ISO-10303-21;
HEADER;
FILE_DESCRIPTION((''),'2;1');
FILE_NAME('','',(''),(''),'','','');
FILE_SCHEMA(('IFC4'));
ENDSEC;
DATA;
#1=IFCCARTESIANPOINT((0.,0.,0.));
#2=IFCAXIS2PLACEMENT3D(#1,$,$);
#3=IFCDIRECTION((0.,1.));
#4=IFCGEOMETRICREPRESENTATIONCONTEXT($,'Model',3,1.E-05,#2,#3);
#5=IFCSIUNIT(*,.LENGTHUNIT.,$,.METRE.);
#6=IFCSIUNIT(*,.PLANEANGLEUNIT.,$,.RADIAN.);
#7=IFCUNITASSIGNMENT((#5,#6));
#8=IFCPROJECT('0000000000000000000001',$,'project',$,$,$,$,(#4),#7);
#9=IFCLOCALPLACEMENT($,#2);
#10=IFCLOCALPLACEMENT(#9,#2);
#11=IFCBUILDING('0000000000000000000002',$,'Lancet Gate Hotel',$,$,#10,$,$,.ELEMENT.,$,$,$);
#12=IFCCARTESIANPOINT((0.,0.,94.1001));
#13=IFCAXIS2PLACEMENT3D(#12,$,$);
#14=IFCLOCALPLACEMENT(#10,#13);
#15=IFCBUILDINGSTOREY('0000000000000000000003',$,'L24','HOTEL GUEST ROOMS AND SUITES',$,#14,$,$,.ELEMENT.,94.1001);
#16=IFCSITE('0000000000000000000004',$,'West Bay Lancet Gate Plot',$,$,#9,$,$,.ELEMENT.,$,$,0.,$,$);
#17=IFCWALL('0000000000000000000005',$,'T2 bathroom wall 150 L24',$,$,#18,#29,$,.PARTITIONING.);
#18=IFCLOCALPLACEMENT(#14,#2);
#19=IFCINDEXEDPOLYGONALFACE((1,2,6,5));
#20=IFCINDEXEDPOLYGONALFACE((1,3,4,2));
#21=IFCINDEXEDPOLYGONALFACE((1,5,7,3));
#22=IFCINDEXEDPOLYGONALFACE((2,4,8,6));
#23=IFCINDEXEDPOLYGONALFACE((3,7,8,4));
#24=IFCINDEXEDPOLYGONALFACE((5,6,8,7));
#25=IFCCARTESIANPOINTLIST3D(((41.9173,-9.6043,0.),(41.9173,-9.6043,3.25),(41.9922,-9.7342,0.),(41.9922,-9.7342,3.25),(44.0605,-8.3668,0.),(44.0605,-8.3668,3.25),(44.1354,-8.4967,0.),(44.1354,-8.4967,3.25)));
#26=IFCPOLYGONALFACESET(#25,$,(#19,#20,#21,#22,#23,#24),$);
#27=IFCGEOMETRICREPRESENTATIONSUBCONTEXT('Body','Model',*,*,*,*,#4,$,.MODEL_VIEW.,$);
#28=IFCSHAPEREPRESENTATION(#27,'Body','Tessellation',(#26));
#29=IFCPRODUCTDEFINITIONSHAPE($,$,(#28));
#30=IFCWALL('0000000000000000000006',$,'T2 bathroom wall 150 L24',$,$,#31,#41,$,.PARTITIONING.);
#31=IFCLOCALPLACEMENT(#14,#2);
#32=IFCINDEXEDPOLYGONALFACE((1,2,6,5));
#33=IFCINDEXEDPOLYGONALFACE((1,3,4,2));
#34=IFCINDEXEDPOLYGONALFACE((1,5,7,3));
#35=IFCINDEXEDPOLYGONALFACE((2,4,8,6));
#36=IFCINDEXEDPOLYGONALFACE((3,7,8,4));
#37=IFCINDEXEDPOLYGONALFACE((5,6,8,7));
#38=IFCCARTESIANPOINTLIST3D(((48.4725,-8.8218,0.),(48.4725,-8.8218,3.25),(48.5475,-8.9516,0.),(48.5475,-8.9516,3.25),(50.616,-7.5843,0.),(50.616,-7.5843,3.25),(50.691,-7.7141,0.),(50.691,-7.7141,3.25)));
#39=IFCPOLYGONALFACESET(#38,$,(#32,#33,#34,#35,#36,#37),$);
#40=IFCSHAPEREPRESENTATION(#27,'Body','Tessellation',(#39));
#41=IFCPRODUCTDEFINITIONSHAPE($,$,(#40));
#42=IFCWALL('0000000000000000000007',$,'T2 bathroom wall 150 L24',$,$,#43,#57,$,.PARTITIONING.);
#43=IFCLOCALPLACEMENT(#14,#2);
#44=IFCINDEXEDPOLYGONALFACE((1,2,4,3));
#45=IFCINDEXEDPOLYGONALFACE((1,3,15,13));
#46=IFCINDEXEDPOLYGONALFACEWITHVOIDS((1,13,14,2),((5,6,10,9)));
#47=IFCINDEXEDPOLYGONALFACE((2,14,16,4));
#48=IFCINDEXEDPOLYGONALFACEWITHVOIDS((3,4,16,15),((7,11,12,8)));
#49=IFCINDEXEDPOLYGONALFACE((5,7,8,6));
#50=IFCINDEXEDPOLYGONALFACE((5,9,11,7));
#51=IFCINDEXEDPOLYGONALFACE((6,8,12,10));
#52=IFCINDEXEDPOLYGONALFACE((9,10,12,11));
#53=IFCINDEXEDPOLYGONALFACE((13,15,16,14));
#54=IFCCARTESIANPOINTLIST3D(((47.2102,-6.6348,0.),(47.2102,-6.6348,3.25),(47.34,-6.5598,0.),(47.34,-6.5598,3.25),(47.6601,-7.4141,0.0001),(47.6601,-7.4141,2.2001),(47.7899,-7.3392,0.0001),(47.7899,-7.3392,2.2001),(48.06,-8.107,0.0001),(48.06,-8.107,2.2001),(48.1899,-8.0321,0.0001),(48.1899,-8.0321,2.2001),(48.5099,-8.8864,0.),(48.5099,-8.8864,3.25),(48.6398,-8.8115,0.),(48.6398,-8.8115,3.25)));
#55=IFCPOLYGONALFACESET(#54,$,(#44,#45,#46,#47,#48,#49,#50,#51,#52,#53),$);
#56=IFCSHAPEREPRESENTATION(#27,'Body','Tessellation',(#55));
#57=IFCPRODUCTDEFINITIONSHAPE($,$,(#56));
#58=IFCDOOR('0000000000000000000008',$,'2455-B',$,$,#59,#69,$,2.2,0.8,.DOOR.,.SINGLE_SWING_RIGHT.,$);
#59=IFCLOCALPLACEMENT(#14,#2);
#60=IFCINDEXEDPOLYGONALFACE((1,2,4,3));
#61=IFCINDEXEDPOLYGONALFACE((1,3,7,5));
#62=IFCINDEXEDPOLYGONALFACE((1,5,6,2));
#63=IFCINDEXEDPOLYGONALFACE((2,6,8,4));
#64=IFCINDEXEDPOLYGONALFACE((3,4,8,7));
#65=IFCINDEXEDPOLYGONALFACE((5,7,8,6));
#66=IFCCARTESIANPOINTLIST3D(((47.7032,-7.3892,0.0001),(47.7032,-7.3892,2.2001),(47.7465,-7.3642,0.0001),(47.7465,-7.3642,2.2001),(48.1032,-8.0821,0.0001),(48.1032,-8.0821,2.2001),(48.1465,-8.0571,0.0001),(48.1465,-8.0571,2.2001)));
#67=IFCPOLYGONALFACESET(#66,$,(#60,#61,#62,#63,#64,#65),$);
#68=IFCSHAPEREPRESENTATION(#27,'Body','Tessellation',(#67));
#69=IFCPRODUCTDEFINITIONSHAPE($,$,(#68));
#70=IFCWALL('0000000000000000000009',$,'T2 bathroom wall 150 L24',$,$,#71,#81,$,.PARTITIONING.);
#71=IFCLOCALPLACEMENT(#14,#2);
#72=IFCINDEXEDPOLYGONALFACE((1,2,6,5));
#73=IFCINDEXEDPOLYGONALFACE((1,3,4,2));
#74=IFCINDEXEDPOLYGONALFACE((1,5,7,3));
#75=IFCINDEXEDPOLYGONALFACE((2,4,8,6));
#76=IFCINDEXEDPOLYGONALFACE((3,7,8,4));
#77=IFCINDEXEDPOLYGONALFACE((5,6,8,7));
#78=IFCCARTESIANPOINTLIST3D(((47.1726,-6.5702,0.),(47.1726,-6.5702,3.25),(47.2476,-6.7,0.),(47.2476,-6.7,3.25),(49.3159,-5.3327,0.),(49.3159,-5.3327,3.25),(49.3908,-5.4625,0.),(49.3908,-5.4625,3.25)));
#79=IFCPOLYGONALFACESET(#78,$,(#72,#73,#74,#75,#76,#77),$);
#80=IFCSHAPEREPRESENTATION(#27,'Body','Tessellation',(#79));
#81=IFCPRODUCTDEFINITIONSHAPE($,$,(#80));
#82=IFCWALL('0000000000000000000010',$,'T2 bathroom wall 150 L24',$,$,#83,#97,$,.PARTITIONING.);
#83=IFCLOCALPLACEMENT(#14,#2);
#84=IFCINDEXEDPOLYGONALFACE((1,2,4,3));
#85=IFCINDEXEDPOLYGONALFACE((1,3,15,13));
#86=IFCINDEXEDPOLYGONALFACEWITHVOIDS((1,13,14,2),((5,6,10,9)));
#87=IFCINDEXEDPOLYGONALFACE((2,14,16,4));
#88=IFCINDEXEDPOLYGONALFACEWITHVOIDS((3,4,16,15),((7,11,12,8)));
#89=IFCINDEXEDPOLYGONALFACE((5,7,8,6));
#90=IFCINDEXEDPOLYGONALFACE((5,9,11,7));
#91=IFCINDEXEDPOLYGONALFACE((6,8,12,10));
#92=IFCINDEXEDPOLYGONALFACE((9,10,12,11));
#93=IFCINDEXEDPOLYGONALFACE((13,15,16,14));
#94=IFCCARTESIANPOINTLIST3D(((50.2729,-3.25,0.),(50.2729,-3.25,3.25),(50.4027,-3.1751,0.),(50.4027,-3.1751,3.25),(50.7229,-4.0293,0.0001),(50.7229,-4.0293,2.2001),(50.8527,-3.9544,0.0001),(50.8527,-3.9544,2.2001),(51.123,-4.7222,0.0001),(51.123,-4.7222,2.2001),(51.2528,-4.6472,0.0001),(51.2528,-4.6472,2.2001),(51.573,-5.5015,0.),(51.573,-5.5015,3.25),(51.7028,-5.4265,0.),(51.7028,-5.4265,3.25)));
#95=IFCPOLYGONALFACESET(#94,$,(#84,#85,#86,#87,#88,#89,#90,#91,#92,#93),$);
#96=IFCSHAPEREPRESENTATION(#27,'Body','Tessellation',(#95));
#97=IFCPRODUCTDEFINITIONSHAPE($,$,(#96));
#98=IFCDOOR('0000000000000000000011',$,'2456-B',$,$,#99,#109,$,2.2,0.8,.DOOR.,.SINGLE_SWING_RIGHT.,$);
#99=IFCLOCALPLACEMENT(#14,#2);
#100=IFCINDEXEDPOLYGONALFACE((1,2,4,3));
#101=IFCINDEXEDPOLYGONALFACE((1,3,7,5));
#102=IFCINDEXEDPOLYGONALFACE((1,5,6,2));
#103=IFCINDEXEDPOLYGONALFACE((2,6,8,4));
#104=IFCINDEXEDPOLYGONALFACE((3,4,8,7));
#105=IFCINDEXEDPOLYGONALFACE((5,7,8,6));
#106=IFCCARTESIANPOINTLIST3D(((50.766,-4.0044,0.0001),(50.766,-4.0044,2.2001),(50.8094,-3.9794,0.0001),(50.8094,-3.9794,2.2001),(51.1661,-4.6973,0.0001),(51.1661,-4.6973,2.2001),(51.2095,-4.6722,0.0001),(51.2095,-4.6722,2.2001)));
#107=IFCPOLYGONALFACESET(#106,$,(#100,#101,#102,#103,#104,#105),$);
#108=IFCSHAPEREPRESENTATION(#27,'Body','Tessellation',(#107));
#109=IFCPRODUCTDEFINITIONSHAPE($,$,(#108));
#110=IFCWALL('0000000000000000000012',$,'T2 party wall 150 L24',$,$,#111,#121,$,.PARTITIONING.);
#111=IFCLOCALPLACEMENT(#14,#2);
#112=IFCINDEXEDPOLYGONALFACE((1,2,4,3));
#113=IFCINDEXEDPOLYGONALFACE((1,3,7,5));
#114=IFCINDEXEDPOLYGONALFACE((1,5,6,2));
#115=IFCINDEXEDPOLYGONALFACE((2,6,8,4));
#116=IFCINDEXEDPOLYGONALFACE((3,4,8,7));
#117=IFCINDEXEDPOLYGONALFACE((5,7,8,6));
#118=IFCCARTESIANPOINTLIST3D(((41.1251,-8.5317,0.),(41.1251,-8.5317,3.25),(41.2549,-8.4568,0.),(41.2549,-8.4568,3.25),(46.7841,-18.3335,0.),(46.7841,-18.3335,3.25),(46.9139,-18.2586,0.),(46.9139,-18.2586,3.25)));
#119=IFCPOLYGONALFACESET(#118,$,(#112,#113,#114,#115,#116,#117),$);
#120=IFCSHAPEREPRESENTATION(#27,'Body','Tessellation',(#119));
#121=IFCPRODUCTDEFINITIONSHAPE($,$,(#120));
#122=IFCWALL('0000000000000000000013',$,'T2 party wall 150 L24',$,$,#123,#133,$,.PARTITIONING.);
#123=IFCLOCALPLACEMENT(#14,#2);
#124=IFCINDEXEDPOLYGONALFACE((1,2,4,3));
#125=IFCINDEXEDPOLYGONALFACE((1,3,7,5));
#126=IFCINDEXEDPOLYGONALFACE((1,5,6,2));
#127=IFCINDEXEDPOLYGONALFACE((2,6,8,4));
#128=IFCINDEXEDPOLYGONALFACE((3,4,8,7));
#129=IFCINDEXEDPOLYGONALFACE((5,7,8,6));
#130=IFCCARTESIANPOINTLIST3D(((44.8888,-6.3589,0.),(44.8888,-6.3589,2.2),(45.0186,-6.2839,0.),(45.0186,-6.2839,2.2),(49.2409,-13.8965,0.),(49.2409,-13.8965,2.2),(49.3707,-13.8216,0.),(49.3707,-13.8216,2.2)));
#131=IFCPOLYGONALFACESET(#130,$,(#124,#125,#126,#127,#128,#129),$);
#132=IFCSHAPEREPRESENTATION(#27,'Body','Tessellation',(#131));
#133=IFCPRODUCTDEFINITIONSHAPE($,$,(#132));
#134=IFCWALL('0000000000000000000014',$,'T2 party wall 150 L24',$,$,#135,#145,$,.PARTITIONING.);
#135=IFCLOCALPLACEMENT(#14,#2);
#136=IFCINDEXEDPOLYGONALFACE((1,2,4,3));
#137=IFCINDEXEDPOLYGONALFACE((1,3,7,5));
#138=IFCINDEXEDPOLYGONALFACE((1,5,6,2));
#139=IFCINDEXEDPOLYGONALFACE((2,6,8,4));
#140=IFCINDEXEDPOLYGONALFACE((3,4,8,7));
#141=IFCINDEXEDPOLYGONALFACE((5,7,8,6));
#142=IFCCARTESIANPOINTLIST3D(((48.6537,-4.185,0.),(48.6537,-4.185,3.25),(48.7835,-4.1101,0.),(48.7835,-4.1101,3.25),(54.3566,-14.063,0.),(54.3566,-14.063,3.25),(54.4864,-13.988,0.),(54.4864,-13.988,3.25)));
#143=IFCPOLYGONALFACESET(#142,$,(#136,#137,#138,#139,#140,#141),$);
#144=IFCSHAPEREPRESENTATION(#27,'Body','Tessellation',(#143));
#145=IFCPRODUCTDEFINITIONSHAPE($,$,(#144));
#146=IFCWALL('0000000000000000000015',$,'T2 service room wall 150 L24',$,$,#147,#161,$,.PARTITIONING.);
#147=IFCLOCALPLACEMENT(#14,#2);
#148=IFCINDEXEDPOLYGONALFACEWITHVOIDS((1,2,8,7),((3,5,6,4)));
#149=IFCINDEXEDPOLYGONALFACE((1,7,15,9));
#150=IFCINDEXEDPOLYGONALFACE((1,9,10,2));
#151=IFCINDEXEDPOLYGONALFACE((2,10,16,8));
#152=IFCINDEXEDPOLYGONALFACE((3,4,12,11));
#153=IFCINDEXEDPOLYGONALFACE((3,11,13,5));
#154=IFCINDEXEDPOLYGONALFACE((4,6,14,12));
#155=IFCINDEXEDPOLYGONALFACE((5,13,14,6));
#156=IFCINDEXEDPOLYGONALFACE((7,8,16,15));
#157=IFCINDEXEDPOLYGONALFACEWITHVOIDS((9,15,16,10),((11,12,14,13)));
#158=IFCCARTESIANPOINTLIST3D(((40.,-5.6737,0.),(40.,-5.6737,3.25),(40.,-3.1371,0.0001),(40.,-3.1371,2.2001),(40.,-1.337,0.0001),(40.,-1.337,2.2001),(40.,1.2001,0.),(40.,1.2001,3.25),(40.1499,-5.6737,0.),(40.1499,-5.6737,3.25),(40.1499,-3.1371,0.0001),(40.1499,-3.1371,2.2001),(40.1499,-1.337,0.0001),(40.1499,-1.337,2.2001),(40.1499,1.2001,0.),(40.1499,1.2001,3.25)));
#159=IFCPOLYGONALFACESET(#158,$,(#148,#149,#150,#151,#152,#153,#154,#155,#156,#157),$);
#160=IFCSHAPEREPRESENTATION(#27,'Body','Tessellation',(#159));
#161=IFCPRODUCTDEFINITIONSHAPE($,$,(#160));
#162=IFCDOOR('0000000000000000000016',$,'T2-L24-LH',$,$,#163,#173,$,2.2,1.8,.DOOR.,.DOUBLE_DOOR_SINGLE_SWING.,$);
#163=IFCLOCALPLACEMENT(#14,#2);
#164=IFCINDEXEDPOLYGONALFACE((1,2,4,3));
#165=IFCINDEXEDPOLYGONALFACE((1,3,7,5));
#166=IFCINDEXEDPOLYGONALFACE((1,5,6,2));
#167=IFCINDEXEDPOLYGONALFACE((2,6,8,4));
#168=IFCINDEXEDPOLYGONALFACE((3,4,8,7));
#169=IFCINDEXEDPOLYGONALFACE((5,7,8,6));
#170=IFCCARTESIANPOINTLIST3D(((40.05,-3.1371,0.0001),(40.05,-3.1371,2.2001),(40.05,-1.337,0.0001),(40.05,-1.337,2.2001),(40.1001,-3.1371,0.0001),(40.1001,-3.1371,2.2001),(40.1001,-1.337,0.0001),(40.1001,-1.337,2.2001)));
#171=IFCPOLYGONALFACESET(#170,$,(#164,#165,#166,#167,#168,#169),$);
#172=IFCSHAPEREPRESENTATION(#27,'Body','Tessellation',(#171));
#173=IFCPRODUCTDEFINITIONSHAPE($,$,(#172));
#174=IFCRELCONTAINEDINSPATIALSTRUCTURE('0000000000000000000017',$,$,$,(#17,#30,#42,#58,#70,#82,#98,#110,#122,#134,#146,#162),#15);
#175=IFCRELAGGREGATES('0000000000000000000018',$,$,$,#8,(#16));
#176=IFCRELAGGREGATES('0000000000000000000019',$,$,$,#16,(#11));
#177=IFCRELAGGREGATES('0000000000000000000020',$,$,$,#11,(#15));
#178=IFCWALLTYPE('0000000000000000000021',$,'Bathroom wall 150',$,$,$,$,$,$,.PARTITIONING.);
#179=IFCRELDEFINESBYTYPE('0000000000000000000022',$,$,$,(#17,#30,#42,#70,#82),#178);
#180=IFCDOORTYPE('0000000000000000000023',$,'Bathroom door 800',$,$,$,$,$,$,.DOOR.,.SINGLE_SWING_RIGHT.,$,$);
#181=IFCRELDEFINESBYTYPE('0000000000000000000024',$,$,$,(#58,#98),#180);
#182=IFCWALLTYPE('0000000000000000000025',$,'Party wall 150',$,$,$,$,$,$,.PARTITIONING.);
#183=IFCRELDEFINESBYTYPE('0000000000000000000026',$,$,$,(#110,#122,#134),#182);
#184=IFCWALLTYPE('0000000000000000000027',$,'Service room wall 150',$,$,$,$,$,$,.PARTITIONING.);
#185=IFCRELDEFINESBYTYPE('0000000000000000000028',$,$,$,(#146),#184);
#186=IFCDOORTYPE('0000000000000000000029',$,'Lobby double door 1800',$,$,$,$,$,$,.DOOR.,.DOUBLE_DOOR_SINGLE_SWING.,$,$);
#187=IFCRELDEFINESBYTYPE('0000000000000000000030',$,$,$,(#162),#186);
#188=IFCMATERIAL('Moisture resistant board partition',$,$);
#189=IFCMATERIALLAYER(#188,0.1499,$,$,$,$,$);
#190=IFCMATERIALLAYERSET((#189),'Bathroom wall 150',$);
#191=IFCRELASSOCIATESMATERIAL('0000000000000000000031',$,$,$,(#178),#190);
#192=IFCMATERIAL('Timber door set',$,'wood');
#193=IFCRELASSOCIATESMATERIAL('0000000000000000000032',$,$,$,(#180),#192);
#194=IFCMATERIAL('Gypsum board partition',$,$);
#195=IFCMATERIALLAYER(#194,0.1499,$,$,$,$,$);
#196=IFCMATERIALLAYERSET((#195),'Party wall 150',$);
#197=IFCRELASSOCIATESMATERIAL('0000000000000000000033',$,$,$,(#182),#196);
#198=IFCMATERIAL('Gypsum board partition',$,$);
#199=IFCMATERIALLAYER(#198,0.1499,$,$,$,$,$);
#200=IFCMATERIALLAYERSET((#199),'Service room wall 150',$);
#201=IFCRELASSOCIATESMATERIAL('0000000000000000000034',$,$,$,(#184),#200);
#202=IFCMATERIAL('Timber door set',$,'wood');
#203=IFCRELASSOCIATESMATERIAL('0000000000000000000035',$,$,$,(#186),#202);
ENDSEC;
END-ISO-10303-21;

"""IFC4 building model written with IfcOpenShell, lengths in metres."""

from ifc_helpers import new_model, si_unit, direction, frame, frame_2d, origin, place, context, subcontext, project, spatial, rectangle, extrude, material, layer, layer_set, type_object, element, fill, save


model = new_model("IFC4")

# Units and contexts
model_context = context("Model", 3, precision=1e-05, world=origin(), true_north=direction((0.0, 1.0)))
body_context = subcontext(model_context, "Body", "Model", "MODEL_VIEW")
ifc_project = project(units=[si_unit("LENGTHUNIT", "METRE"), si_unit("PLANEANGLEUNIT", "RADIAN")], contexts=[model_context])

# Site, building, storey
site_placement = place(None, origin())
site = spatial("IfcSite", under=ifc_project, at=site_placement, Name="West Bay Lancet Gate Plot", CompositionType="ELEMENT", RefElevation=0.0)
building_placement = place(site_placement, origin())
building = spatial("IfcBuilding", under=site, at=building_placement, Name="Lancet Gate Hotel", CompositionType="ELEMENT")
storey_placement = place(building_placement, frame((0.0, 0.0, 94.1001)))
storey = spatial("IfcBuildingStorey", under=building, at=storey_placement, Name="L24", Description="HOTEL GUEST ROOMS AND SUITES", CompositionType="ELEMENT", Elevation=94.1001)

# Shared definitions
ifc_material_1 = material(Name="Moisture resistant board partition")
ifc_layer_1 = layer(ifc_material_1, 0.1499)
ifc_layer_set_1 = layer_set([ifc_layer_1], Name="Bathroom wall 150")
wall_type_1 = type_object("IfcWallType", Name="Bathroom wall 150", PredefinedType="PARTITIONING", material=ifc_layer_set_1)

# Shared definitions
ifc_material_2 = material(Name="Timber door set", Category="wood")
door_type_1 = type_object("IfcDoorType", Name="Bathroom door 800", OperationType="SINGLE_SWING_RIGHT", PredefinedType="DOOR", material=ifc_material_2)

# Walls
wall_1_placement = place(storey_placement, frame((41.9548, -9.6692, 0.0), z_axis=(0.0, 0.0, 1.0), x_axis=(0.866007, 0.500033, 0.0)))
element("IfcWall", 1, at=wall_1_placement, inside=storey, type_object=wall_type_1, Name="T2 bathroom wall 150 L24", PredefinedType="PARTITIONING", context=body_context, shape_type="SweptSolid", body=[
    extrude(rectangle(XDim=2.4749, YDim=0.1499, at=frame_2d((1.2373, 0.0))), origin(), (0.0, 0.0, 1.0), 3.25),
])
wall_2_placement = place(storey_placement, frame((48.51, -8.8867, 0.0), z_axis=(0.0, 0.0, 1.0), x_axis=(0.866031, 0.49999, 0.0)))
element("IfcWall", 2, at=wall_2_placement, inside=storey, type_object=wall_type_1, Name="T2 bathroom wall 150 L24", PredefinedType="PARTITIONING", context=body_context, shape_type="SweptSolid", body=[
    extrude(rectangle(XDim=2.4751, YDim=0.1499, at=frame_2d((1.2375, 0.0))), origin(), (0.0, 0.0, 1.0), 3.25),
])

# Wall, opening, door
wall_3_placement = place(storey_placement, frame((47.2751, -6.5974, 0.0), z_axis=(0.0, 0.0, 1.0), x_axis=(0.499937, -0.866062, 0.0)))
wall_3 = element("IfcWall", 3, at=wall_3_placement, inside=storey, type_object=wall_type_1, Name="T2 bathroom wall 150 L24", PredefinedType="PARTITIONING", context=body_context, shape_type="SweptSolid", body=[
    extrude(rectangle(XDim=2.5999, YDim=0.1499, at=frame_2d((1.2998, 0.0))), origin(), (0.0, 0.0, 1.0), 3.25),
])
opening_1_placement = place(wall_3_placement, frame((0.8999, 0.0, 0.0)))
opening_1 = element("IfcOpeningElement", 4, at=opening_1_placement, cuts=wall_3, PredefinedType="OPENING", context=body_context, shape_type="SweptSolid", body=[
    extrude(rectangle(XDim=0.8, YDim=2.2, at=frame_2d((0.3999, 1.1001))), frame((0.0, 0.085, 0.0), z_axis=(0.0, -1.0, 0.0), x_axis=(1.0, 0.0, 0.0)), (0.0, 0.0, 1.0), 0.1699),
])
door_1_placement = place(opening_1_placement, origin())
door_1 = element("IfcDoor", 5, at=door_1_placement, inside=storey, type_object=door_type_1, Name="2455-B", OperationType="SINGLE_SWING_RIGHT", OverallHeight=2.2, OverallWidth=0.8, PredefinedType="DOOR", context=body_context, shape_type="SweptSolid", body=[
    extrude(rectangle(XDim=0.8, YDim=2.2, at=frame_2d((0.3999, 1.1001))), frame((0.0, 0.0249, 0.0), z_axis=(0.0, -1.0, 0.0), x_axis=(1.0, 0.0, 0.0)), (0.0, 0.0, 1.0), 0.05),
])
fill(opening_1, door_1)

# Wall
wall_4_placement = place(storey_placement, frame((47.2102, -6.635, 0.0), z_axis=(0.0, 0.0, 1.0), x_axis=(0.866007, 0.500033, 0.0)))
element("IfcWall", 6, at=wall_4_placement, inside=storey, type_object=wall_type_1, Name="T2 bathroom wall 150 L24", PredefinedType="PARTITIONING", context=body_context, shape_type="SweptSolid", body=[
    extrude(rectangle(XDim=2.4749, YDim=0.1499, at=frame_2d((1.2373, 0.0))), origin(), (0.0, 0.0, 1.0), 3.25),
])

# Wall, opening, door
wall_5_placement = place(storey_placement, frame((50.3379, -3.2126, 0.0), z_axis=(0.0, 0.0, 1.0), x_axis=(0.500048, -0.865998, 0.0)))
wall_5 = element("IfcWall", 7, at=wall_5_placement, inside=storey, type_object=wall_type_1, Name="T2 bathroom wall 150 L24", PredefinedType="PARTITIONING", context=body_context, shape_type="SweptSolid", body=[
    extrude(rectangle(XDim=2.5999, YDim=0.1499, at=frame_2d((1.2998, 0.0))), origin(), (0.0, 0.0, 1.0), 3.25),
])
opening_2_placement = place(wall_5_placement, frame((0.8999, 0.0, 0.0)))
opening_2 = element("IfcOpeningElement", 8, at=opening_2_placement, cuts=wall_5, PredefinedType="OPENING", context=body_context, shape_type="SweptSolid", body=[
    extrude(rectangle(XDim=0.8, YDim=2.2, at=frame_2d((0.3999, 1.1001))), frame((0.0, 0.085, 0.0), z_axis=(0.0, -1.0, 0.0), x_axis=(1.0, 0.0, 0.0)), (0.0, 0.0, 1.0), 0.1699),
])
door_2_placement = place(opening_2_placement, origin())
door_2 = element("IfcDoor", 9, at=door_2_placement, inside=storey, type_object=door_type_1, Name="2456-B", OperationType="SINGLE_SWING_RIGHT", OverallHeight=2.2, OverallWidth=0.8, PredefinedType="DOOR", context=body_context, shape_type="SweptSolid", body=[
    extrude(rectangle(XDim=0.8, YDim=2.2, at=frame_2d((0.3999, 1.1001))), frame((0.0, 0.0249, 0.0), z_axis=(0.0, -1.0, 0.0), x_axis=(1.0, 0.0, 0.0)), (0.0, 0.0, 1.0), 0.05),
])
fill(opening_2, door_2)

# Walls
ifc_material_3 = material(Name="Gypsum board partition")
ifc_layer_2 = layer(ifc_material_3, 0.1499)
ifc_layer_set_2 = layer_set([ifc_layer_2], Name="Party wall 150")
wall_type_2 = type_object("IfcWallType", Name="Party wall 150", PredefinedType="PARTITIONING", material=ifc_layer_set_2)
wall_6_placement = place(storey_placement, frame((41.1899, -8.4941, 0.0), z_axis=(0.0, 0.0, 1.0), x_axis=(0.499993, -0.86603, 0.0)))
element("IfcWall", 10, at=wall_6_placement, inside=storey, type_object=wall_type_2, Name="T2 party wall 150 L24", PredefinedType="PARTITIONING", context=body_context, shape_type="SweptSolid", body=[
    extrude(rectangle(XDim=11.3181, YDim=0.1499, at=frame_2d((5.6592, 0.0))), origin(), (0.0, 0.0, 1.0), 3.25),
])
wall_7_placement = place(storey_placement, frame((44.9536, -6.3213, 0.0), z_axis=(0.0, 0.0, 1.0), x_axis=(0.500019, -0.866015, 0.0)))
element("IfcWall", 11, at=wall_7_placement, inside=storey, type_object=wall_type_2, Name="T2 party wall 150 L24", PredefinedType="PARTITIONING", context=body_context, shape_type="SweptSolid", body=[
    extrude(rectangle(XDim=8.7039, YDim=0.1499, at=frame_2d((4.3521, 0.0))), origin(), (0.0, 0.0, 1.0), 2.2),
])
wall_8_placement = place(storey_placement, frame((48.7185, -4.1475, 0.0), z_axis=(0.0, 0.0, 1.0), x_axis=(0.49999, -0.866031, 0.0)))
element("IfcWall", 12, at=wall_8_placement, inside=storey, type_object=wall_type_2, Name="T2 party wall 150 L24", PredefinedType="PARTITIONING", context=body_context, shape_type="SweptSolid", body=[
    extrude(rectangle(XDim=11.406, YDim=0.1499, at=frame_2d((5.7031, 0.0))), origin(), (0.0, 0.0, 1.0), 3.25),
])

# Wall, opening, door
ifc_material_4 = material(Name="Gypsum board partition")
ifc_layer_3 = layer(ifc_material_4, 0.1499)
ifc_layer_set_3 = layer_set([ifc_layer_3], Name="Service room wall 150")
wall_type_3 = type_object("IfcWallType", Name="Service room wall 150", PredefinedType="PARTITIONING", material=ifc_layer_set_3)
wall_9_placement = place(storey_placement, frame((40.075, -5.6738, 0.0), z_axis=(0.0, 0.0, 1.0), x_axis=(0.0, 1.0, 0.0)))
wall_9 = element("IfcWall", 13, at=wall_9_placement, inside=storey, type_object=wall_type_3, Name="T2 service room wall 150 L24", PredefinedType="PARTITIONING", context=body_context, shape_type="SweptSolid", body=[
    extrude(rectangle(XDim=6.8738, YDim=0.1499, at=frame_2d((3.437, 0.0))), origin(), (0.0, 0.0, 1.0), 3.25),
])
opening_3_placement = place(wall_9_placement, frame((2.5369, 0.0, 0.0)))
opening_3 = element("IfcOpeningElement", 14, at=opening_3_placement, cuts=wall_9, PredefinedType="OPENING", context=body_context, shape_type="SweptSolid", body=[
    extrude(rectangle(XDim=1.8, YDim=2.2, at=frame_2d((0.8999, 1.1001))), frame((0.0, 0.085, 0.0), z_axis=(0.0, -1.0, 0.0), x_axis=(1.0, 0.0, 0.0)), (0.0, 0.0, 1.0), 0.1699),
])
ifc_material_5 = material(Name="Timber door set", Category="wood")
door_type_2 = type_object("IfcDoorType", Name="Lobby double door 1800", OperationType="DOUBLE_DOOR_SINGLE_SWING", PredefinedType="DOOR", material=ifc_material_5)
door_3_placement = place(opening_3_placement, origin())
door_3 = element("IfcDoor", 15, at=door_3_placement, inside=storey, type_object=door_type_2, Name="T2-L24-LH", OperationType="DOUBLE_DOOR_SINGLE_SWING", OverallHeight=2.2, OverallWidth=1.8, PredefinedType="DOOR", context=body_context, shape_type="SweptSolid", body=[
    extrude(rectangle(XDim=1.8, YDim=2.2, at=frame_2d((0.8999, 1.1001))), frame((0.0, 0.0249, 0.0), z_axis=(0.0, -1.0, 0.0), x_axis=(1.0, 0.0, 0.0)), (0.0, 0.0, 1.0), 0.05),
])
fill(opening_3, door_3)

save(model, "model.ifc")
